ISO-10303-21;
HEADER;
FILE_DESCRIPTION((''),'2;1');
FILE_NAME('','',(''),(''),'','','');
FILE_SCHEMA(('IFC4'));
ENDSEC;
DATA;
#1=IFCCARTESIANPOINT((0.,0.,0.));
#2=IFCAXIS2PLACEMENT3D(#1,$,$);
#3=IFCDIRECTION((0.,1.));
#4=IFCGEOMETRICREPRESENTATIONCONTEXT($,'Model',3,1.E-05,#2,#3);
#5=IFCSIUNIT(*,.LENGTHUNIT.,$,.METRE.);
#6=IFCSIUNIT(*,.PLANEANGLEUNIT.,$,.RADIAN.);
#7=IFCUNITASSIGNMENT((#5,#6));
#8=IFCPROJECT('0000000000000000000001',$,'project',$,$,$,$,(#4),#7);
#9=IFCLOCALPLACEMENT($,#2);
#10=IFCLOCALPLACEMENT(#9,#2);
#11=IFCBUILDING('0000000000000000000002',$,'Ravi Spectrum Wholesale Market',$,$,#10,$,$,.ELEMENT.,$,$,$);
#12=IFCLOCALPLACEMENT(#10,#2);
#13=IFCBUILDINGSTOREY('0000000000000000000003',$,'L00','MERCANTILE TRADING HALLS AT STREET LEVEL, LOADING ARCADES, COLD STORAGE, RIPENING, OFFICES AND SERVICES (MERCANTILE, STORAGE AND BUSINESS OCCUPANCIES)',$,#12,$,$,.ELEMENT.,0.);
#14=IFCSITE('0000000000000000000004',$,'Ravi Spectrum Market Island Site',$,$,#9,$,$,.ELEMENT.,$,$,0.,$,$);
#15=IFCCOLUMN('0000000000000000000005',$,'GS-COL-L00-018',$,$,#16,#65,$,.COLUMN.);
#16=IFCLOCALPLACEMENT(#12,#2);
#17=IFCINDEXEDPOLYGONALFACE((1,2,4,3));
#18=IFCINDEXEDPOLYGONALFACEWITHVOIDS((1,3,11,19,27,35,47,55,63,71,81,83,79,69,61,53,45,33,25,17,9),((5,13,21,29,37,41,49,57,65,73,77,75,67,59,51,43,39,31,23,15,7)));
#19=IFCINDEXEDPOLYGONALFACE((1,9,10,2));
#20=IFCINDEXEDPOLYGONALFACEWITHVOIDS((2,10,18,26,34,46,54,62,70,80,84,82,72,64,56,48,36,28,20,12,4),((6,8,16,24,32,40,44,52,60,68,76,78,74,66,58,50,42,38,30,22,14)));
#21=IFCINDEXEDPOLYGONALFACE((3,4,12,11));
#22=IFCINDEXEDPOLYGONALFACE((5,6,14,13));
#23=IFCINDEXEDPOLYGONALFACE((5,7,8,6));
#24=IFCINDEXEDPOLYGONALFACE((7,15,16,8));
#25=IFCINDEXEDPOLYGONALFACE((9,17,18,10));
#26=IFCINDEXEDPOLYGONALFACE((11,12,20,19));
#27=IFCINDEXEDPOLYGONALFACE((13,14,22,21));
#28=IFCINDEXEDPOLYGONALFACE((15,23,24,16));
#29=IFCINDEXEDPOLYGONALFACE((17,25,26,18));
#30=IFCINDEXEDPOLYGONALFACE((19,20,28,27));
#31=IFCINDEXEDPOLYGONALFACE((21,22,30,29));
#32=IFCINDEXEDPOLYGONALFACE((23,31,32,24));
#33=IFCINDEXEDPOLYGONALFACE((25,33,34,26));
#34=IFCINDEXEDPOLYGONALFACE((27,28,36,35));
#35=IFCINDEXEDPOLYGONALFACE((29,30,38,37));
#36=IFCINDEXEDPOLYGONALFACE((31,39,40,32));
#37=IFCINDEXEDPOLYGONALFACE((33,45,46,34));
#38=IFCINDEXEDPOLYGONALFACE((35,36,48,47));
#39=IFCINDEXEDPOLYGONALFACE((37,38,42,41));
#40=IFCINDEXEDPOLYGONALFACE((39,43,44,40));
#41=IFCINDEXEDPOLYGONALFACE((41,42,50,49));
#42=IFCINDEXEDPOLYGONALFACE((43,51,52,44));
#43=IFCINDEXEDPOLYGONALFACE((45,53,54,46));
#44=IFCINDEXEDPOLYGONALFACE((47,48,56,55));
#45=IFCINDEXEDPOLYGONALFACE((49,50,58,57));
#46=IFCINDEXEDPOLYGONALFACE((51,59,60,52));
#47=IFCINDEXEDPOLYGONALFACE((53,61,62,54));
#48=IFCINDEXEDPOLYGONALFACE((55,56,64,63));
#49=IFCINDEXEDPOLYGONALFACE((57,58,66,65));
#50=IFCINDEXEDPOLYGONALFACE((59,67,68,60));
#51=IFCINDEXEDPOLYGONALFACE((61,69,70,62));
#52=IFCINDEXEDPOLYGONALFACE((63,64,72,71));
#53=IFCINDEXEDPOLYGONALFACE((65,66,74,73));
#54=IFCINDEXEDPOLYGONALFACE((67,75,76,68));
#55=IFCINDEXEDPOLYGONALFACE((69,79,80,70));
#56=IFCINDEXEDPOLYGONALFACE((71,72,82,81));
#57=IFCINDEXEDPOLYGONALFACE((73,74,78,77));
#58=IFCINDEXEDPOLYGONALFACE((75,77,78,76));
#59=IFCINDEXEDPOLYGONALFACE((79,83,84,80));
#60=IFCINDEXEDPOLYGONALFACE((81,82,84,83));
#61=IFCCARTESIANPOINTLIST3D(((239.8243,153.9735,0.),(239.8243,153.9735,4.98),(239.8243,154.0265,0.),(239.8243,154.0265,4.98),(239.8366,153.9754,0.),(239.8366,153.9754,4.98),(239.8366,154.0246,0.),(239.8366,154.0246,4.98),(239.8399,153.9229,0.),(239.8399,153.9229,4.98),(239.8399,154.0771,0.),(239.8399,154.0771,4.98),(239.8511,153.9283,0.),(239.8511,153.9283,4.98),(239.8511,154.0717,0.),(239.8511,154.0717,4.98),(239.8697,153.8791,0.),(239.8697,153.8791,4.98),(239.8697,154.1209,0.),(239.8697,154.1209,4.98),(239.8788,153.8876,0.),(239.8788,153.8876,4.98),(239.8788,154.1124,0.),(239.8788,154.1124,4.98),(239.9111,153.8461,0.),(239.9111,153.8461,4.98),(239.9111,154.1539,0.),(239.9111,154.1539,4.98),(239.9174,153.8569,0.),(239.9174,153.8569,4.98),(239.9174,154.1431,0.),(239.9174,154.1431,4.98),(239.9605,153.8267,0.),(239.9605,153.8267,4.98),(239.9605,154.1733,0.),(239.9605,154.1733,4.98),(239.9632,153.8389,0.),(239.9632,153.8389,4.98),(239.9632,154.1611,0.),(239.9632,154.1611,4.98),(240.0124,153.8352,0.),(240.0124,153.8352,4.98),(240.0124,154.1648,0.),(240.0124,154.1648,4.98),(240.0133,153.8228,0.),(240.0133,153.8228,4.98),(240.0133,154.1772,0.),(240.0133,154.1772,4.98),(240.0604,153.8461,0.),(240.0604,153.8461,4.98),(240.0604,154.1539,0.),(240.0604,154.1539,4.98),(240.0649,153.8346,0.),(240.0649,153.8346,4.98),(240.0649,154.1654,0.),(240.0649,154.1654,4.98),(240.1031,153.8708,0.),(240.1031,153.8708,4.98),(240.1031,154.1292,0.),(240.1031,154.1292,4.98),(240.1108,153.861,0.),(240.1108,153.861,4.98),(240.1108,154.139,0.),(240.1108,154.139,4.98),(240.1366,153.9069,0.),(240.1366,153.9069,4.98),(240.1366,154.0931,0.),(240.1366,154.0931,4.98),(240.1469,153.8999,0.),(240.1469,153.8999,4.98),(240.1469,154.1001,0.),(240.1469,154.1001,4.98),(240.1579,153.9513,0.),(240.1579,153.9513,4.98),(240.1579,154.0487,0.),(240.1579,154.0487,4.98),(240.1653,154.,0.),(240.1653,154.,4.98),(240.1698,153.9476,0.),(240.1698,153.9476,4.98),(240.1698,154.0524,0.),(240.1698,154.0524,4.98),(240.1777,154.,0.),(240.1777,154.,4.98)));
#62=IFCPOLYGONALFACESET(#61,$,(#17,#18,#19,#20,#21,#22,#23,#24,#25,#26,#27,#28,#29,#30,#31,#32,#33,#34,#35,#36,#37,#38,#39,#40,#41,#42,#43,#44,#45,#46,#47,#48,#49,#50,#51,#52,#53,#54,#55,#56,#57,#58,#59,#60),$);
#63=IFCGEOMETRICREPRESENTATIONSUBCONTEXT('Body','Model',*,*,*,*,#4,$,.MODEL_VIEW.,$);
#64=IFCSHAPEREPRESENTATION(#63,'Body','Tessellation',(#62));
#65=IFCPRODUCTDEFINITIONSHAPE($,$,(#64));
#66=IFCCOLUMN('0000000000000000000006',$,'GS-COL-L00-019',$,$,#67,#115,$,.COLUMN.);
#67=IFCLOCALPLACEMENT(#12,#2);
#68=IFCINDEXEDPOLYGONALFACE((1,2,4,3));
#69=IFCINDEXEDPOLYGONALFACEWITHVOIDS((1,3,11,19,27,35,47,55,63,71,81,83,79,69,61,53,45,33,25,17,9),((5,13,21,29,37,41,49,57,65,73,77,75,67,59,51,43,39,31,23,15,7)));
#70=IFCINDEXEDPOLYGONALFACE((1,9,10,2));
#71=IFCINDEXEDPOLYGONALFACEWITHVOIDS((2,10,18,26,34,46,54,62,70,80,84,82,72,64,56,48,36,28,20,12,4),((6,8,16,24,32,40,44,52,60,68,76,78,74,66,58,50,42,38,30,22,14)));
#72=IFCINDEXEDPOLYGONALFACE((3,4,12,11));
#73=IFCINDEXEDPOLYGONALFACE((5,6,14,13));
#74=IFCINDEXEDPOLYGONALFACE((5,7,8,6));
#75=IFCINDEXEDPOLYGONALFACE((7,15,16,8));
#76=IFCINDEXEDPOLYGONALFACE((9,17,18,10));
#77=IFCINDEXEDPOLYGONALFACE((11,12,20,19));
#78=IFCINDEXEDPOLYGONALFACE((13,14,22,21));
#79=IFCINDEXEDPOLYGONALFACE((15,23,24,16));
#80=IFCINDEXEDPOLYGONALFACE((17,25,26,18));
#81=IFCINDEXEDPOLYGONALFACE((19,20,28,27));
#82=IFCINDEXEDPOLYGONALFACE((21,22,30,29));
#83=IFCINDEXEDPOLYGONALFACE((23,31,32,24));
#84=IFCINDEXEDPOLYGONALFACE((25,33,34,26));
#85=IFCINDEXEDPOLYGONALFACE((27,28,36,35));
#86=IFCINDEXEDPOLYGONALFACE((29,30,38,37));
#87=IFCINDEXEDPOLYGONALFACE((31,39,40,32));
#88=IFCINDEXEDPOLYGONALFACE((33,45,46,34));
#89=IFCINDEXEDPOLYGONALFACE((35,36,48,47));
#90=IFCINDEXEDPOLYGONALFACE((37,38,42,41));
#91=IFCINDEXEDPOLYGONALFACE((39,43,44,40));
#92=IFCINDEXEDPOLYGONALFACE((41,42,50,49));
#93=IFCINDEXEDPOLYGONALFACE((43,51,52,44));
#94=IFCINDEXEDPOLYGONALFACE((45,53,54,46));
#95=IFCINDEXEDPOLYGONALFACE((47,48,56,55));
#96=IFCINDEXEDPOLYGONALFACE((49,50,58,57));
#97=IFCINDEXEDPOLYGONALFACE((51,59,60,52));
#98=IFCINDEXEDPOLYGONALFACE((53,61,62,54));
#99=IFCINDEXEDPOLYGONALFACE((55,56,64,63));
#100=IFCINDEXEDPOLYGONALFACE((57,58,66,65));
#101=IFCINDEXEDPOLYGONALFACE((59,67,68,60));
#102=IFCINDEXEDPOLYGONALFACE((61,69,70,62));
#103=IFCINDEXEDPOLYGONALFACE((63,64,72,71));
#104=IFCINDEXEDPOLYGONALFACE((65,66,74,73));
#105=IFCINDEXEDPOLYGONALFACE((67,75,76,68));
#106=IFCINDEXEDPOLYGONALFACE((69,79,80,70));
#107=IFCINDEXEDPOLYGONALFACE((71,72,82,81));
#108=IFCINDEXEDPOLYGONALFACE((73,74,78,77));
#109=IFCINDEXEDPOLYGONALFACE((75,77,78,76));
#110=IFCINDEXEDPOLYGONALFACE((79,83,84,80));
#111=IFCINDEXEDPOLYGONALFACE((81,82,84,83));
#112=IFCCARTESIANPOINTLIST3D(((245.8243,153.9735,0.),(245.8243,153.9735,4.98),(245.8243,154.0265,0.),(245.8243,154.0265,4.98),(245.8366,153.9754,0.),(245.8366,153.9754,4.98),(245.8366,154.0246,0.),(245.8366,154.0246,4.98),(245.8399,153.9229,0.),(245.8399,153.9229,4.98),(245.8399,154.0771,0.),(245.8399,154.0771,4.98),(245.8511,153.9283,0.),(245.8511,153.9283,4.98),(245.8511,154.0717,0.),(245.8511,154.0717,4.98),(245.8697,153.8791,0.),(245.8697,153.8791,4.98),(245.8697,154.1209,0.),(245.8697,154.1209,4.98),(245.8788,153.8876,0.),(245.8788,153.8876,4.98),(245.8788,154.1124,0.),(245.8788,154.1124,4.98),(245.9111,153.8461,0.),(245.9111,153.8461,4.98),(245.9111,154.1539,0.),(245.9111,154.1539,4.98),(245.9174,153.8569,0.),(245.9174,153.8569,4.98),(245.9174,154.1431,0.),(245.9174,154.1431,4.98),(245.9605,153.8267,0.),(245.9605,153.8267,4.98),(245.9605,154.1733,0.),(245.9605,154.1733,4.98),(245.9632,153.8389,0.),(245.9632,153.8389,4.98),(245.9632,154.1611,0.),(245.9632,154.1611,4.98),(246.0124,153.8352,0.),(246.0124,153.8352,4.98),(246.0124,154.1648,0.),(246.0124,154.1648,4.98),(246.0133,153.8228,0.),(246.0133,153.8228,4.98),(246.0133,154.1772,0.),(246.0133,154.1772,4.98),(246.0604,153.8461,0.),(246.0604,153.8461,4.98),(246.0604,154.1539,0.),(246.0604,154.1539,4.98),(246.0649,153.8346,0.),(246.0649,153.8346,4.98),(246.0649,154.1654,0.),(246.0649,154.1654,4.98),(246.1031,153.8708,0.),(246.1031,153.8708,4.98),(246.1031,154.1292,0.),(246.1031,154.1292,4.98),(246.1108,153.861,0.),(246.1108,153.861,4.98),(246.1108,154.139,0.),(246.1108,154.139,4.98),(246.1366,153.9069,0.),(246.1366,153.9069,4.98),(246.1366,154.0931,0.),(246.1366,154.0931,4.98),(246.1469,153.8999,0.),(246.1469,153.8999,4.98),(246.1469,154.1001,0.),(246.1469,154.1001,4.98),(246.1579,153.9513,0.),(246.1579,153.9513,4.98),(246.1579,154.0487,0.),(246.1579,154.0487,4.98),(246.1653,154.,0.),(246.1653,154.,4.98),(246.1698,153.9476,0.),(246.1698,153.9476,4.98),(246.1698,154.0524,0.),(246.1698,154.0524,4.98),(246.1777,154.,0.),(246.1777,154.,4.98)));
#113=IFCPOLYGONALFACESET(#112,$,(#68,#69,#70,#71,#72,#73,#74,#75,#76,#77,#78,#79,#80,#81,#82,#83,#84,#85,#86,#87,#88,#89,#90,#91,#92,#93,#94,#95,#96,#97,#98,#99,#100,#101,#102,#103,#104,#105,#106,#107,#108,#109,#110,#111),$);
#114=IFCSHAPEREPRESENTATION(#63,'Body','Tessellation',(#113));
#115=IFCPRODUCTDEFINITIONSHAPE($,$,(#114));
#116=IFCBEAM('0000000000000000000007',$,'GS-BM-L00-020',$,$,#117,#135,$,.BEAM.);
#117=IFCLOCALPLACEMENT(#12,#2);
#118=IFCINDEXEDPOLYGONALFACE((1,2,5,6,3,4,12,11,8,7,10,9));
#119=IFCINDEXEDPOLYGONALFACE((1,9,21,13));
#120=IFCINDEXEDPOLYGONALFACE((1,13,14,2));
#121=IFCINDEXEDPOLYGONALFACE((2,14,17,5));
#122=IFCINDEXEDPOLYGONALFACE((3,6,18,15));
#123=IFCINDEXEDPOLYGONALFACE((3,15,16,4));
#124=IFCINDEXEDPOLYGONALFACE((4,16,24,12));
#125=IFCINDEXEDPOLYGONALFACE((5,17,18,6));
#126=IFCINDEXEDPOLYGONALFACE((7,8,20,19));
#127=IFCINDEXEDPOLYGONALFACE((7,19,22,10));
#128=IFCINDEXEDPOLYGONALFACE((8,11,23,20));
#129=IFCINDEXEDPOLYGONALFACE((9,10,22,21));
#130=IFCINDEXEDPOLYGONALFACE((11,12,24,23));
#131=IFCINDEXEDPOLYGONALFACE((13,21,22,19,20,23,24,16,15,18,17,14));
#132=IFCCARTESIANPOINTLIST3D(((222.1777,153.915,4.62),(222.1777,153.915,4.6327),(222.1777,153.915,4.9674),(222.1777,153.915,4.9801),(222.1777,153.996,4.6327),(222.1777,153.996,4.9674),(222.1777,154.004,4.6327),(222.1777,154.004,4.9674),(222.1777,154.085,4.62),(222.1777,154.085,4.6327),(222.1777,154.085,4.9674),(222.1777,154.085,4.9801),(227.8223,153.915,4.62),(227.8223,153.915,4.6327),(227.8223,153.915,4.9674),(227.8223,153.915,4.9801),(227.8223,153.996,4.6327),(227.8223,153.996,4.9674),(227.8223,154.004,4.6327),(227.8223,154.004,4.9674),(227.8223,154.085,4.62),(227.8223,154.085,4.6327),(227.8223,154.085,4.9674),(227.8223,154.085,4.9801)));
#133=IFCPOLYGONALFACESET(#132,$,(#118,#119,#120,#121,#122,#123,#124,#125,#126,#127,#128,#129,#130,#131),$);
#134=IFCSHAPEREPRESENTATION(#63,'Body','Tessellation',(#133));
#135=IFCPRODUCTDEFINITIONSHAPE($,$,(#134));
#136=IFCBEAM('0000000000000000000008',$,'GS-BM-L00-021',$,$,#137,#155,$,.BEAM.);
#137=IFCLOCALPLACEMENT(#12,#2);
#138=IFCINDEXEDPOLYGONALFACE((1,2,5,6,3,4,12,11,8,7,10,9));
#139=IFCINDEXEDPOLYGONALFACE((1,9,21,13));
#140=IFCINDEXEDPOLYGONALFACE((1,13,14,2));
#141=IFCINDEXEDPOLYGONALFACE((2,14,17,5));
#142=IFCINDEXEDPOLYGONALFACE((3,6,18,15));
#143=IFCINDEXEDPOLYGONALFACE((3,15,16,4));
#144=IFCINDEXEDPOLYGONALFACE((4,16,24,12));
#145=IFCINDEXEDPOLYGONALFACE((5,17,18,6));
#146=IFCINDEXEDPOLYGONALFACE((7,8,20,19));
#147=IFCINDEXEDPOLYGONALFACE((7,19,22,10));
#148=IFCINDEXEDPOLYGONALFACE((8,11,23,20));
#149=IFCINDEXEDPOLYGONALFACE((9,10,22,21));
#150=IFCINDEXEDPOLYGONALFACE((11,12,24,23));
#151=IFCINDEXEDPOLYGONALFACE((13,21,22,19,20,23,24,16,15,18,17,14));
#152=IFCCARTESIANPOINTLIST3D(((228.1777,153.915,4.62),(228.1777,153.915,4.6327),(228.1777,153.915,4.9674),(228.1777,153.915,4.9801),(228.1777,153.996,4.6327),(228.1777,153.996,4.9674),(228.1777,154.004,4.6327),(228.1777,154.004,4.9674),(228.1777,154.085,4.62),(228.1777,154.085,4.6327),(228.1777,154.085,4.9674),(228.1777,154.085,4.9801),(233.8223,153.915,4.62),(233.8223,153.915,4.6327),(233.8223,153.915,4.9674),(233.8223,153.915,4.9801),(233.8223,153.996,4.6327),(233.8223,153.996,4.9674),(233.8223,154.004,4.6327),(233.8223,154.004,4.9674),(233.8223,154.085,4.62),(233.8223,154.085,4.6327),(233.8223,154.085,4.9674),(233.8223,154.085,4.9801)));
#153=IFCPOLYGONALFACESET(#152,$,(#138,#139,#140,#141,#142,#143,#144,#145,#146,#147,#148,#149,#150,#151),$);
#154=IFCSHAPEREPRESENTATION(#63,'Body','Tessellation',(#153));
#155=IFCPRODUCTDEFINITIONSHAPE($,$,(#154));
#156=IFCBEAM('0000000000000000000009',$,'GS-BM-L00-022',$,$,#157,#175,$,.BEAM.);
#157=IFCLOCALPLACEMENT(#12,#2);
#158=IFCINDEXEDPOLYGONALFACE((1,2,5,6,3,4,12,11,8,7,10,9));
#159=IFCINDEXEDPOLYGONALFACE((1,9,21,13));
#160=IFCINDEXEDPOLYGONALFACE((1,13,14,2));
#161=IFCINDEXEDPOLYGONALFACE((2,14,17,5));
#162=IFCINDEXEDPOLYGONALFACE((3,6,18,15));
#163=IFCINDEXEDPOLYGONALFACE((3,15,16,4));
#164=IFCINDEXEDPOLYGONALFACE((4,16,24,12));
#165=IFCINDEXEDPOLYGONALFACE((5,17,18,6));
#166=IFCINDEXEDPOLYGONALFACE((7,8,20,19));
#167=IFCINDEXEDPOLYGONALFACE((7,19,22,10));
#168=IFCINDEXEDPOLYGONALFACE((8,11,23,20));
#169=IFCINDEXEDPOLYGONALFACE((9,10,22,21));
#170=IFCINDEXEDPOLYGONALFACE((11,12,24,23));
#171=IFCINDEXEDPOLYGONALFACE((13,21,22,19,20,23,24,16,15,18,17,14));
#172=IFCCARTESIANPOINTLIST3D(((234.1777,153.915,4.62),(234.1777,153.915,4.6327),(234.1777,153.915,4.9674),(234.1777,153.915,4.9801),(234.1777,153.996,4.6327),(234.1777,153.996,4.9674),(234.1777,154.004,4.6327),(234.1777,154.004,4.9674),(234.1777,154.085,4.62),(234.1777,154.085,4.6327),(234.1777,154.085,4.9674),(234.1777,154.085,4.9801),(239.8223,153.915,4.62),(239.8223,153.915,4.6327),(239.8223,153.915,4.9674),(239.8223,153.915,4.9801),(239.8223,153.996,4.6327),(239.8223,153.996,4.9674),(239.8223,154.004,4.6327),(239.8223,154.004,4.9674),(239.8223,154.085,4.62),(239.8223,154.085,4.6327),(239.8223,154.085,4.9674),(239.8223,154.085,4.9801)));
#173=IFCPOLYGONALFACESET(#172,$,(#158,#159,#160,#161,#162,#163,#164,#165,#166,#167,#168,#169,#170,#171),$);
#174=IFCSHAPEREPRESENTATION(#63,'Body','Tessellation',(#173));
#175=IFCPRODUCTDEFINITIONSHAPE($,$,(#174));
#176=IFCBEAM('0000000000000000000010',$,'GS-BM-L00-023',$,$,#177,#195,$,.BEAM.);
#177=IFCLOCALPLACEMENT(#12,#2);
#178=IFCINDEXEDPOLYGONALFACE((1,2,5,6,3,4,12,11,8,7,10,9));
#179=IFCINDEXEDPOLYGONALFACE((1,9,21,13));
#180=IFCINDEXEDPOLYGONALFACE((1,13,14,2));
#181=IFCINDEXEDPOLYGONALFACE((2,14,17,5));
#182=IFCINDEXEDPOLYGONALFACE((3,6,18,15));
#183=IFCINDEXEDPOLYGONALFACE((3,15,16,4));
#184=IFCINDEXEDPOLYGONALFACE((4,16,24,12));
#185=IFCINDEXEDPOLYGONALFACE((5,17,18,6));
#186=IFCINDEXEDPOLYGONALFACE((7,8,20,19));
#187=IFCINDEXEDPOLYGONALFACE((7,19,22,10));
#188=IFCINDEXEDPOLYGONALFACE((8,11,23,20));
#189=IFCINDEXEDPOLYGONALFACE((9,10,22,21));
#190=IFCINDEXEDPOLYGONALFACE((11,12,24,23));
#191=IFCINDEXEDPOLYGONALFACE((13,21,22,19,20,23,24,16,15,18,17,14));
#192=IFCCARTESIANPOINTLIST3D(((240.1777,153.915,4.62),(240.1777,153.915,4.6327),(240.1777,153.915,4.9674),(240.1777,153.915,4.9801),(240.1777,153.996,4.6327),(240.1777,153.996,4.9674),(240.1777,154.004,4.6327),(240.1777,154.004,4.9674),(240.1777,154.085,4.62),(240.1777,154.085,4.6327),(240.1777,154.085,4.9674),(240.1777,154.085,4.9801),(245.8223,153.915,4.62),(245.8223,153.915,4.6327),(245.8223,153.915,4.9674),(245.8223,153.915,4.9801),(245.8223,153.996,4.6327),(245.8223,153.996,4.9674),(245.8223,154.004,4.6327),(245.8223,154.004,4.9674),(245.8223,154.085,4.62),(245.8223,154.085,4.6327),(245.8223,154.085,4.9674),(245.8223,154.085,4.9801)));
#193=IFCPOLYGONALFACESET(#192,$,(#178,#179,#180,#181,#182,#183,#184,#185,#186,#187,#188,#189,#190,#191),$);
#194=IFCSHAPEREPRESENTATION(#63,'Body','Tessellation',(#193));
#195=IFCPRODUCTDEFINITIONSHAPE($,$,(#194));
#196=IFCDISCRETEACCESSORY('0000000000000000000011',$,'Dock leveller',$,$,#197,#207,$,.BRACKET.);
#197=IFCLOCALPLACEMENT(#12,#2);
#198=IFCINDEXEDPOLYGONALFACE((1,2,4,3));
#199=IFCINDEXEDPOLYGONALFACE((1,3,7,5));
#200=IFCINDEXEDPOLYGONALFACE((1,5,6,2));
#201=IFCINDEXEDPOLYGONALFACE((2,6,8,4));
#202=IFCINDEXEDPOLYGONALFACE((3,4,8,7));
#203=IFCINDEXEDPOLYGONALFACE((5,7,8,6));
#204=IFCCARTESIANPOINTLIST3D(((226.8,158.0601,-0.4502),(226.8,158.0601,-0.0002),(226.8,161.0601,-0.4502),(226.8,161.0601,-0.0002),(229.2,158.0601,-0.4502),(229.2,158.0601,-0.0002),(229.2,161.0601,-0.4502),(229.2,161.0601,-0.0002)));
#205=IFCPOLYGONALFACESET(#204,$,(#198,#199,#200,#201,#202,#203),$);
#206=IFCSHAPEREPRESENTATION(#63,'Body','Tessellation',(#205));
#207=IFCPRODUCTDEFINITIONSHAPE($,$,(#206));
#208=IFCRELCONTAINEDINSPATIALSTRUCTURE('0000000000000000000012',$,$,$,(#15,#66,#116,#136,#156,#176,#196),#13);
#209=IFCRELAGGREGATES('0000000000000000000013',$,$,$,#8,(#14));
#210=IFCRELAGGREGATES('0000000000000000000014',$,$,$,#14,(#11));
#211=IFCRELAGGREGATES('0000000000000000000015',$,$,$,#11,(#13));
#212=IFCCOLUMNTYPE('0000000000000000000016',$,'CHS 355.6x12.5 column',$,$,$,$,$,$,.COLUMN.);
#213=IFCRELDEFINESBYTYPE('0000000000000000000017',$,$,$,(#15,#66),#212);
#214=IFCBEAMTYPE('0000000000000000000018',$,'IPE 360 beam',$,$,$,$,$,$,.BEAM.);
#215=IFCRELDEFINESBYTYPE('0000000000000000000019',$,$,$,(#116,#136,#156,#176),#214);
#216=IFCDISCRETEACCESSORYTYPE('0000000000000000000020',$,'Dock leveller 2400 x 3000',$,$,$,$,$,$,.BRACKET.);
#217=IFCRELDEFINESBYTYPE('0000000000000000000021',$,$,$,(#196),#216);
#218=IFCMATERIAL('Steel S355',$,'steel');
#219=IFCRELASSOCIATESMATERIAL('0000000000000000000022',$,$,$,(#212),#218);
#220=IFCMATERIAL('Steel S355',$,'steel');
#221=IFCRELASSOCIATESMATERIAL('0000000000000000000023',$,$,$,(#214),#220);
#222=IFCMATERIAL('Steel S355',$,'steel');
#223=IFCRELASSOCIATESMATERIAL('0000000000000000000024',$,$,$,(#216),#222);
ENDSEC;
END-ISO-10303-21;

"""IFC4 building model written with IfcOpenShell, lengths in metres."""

from ifc_helpers import new_model, si_unit, direction, frame, origin, origin_2d, place, context, subcontext, project, spatial, rectangle, hollow_circle, i_section, extrude, material, material_profile, profile_set, type_object, element, save


model = new_model("IFC4")

# Units and contexts
model_context = context("Model", 3, precision=1e-05, world=origin(), true_north=direction((0.0, 1.0)))
body_context = subcontext(model_context, "Body", "Model", "MODEL_VIEW")
ifc_project = project(units=[si_unit("LENGTHUNIT", "METRE"), si_unit("PLANEANGLEUNIT", "RADIAN")], contexts=[model_context])

# Site, building, storey
site_placement = place(None, origin())
site = spatial("IfcSite", under=ifc_project, at=site_placement, Name="Ravi Spectrum Market Island Site", CompositionType="ELEMENT", RefElevation=0.0)
building_placement = place(site_placement, origin())
building = spatial("IfcBuilding", under=site, at=building_placement, Name="Ravi Spectrum Wholesale Market", CompositionType="ELEMENT")
storey_placement = place(building_placement, origin())
storey = spatial("IfcBuildingStorey", under=building, at=storey_placement, Name="L00", Description="MERCANTILE TRADING HALLS AT STREET LEVEL, LOADING ARCADES, COLD STORAGE, RIPENING, OFFICES AND SERVICES (MERCANTILE, STORAGE AND BUSINESS OCCUPANCIES)", CompositionType="ELEMENT", Elevation=0.0)

# Columns
ifc_material_1 = material(Name="Steel S355", Category="steel")
ifc_material_profile_1 = material_profile(ifc_material_1, hollow_circle(Radius=0.1777, WallThickness=0.0125, at=origin_2d()))
ifc_profile_set_1 = profile_set([ifc_material_profile_1], Name="Steel S355")
column_type = type_object("IfcColumnType", Name="CHS 355.6x12.5 column", PredefinedType="COLUMN", material=ifc_profile_set_1)
for number, where, z_axis, x_axis, name in (
    (1, (240.0, 154.0, 0.0), (0.0, 0.0, 1.0), (1.0, 0.0, 0.0), "GS-COL-L00-018"),
    (2, (246.0, 154.0, 0.0), (0.0, 0.0, 1.0), (1.0, 0.0, 0.0), "GS-COL-L00-019"),
):
    element("IfcColumn", number, at=place(storey_placement, frame(where, z_axis=z_axis, x_axis=x_axis)), inside=storey, type_object=column_type, Name=name, PredefinedType="COLUMN", context=body_context, shape_type="SweptSolid", body=[
        extrude(hollow_circle(Radius=0.1777, WallThickness=0.0125, at=origin_2d()), origin(), (0.0, 0.0, 1.0), 4.98),
    ])

# Beams
ifc_material_2 = material(Name="Steel S355", Category="steel")
ifc_material_profile_2 = material_profile(ifc_material_2, i_section(OverallWidth=0.1699, OverallDepth=0.3601, WebThickness=0.0081, FlangeThickness=0.0127, at=origin_2d()))
ifc_profile_set_2 = profile_set([ifc_material_profile_2], Name="Steel S355")
beam_type = type_object("IfcBeamType", Name="IPE 360 beam", PredefinedType="BEAM", material=ifc_profile_set_2)
for number, where, z_axis, x_axis, name in (
    (3, (222.1777, 154.0, 4.8), (1.0, 0.0, 0.0), (0.0, 1.0, 0.0), "GS-BM-L00-020"),
    (4, (228.1777, 154.0, 4.8), (1.0, 0.0, 0.0), (0.0, 1.0, 0.0), "GS-BM-L00-021"),
    (5, (234.1777, 154.0, 4.8), (1.0, 0.0, 0.0), (0.0, 1.0, 0.0), "GS-BM-L00-022"),
    (6, (240.1777, 154.0, 4.8), (1.0, 0.0, 0.0), (0.0, 1.0, 0.0), "GS-BM-L00-023"),
):
    element("IfcBeam", number, at=place(storey_placement, frame(where, z_axis=z_axis, x_axis=x_axis)), inside=storey, type_object=beam_type, Name=name, PredefinedType="BEAM", context=body_context, shape_type="SweptSolid", body=[
        extrude(i_section(OverallWidth=0.1699, OverallDepth=0.3601, WebThickness=0.0081, FlangeThickness=0.0127, at=origin_2d()), origin(), (0.0, 0.0, 1.0), 5.6445),
    ])

# Discrete accessory
ifc_material_3 = material(Name="Steel S355", Category="steel")
discrete_accessory_type_1 = type_object("IfcDiscreteAccessoryType", Name="Dock leveller 2400 x 3000", PredefinedType="BRACKET", material=ifc_material_3)
for number, where, z_axis, x_axis, name in (
    (7, (228.0, 159.5601, -0.4502), (0.0, 0.0, 1.0), (1.0, 0.0, 0.0), "Dock leveller"),
):
    element("IfcDiscreteAccessory", number, at=place(storey_placement, frame(where, z_axis=z_axis, x_axis=x_axis)), inside=storey, type_object=discrete_accessory_type_1, Name=name, PredefinedType="BRACKET", context=body_context, shape_type="SweptSolid", body=[
        extrude(rectangle(XDim=2.3999, YDim=3.0, at=origin_2d()), origin(), (0.0, 0.0, 1.0), 0.45),
    ])

save(model, "model.ifc")
